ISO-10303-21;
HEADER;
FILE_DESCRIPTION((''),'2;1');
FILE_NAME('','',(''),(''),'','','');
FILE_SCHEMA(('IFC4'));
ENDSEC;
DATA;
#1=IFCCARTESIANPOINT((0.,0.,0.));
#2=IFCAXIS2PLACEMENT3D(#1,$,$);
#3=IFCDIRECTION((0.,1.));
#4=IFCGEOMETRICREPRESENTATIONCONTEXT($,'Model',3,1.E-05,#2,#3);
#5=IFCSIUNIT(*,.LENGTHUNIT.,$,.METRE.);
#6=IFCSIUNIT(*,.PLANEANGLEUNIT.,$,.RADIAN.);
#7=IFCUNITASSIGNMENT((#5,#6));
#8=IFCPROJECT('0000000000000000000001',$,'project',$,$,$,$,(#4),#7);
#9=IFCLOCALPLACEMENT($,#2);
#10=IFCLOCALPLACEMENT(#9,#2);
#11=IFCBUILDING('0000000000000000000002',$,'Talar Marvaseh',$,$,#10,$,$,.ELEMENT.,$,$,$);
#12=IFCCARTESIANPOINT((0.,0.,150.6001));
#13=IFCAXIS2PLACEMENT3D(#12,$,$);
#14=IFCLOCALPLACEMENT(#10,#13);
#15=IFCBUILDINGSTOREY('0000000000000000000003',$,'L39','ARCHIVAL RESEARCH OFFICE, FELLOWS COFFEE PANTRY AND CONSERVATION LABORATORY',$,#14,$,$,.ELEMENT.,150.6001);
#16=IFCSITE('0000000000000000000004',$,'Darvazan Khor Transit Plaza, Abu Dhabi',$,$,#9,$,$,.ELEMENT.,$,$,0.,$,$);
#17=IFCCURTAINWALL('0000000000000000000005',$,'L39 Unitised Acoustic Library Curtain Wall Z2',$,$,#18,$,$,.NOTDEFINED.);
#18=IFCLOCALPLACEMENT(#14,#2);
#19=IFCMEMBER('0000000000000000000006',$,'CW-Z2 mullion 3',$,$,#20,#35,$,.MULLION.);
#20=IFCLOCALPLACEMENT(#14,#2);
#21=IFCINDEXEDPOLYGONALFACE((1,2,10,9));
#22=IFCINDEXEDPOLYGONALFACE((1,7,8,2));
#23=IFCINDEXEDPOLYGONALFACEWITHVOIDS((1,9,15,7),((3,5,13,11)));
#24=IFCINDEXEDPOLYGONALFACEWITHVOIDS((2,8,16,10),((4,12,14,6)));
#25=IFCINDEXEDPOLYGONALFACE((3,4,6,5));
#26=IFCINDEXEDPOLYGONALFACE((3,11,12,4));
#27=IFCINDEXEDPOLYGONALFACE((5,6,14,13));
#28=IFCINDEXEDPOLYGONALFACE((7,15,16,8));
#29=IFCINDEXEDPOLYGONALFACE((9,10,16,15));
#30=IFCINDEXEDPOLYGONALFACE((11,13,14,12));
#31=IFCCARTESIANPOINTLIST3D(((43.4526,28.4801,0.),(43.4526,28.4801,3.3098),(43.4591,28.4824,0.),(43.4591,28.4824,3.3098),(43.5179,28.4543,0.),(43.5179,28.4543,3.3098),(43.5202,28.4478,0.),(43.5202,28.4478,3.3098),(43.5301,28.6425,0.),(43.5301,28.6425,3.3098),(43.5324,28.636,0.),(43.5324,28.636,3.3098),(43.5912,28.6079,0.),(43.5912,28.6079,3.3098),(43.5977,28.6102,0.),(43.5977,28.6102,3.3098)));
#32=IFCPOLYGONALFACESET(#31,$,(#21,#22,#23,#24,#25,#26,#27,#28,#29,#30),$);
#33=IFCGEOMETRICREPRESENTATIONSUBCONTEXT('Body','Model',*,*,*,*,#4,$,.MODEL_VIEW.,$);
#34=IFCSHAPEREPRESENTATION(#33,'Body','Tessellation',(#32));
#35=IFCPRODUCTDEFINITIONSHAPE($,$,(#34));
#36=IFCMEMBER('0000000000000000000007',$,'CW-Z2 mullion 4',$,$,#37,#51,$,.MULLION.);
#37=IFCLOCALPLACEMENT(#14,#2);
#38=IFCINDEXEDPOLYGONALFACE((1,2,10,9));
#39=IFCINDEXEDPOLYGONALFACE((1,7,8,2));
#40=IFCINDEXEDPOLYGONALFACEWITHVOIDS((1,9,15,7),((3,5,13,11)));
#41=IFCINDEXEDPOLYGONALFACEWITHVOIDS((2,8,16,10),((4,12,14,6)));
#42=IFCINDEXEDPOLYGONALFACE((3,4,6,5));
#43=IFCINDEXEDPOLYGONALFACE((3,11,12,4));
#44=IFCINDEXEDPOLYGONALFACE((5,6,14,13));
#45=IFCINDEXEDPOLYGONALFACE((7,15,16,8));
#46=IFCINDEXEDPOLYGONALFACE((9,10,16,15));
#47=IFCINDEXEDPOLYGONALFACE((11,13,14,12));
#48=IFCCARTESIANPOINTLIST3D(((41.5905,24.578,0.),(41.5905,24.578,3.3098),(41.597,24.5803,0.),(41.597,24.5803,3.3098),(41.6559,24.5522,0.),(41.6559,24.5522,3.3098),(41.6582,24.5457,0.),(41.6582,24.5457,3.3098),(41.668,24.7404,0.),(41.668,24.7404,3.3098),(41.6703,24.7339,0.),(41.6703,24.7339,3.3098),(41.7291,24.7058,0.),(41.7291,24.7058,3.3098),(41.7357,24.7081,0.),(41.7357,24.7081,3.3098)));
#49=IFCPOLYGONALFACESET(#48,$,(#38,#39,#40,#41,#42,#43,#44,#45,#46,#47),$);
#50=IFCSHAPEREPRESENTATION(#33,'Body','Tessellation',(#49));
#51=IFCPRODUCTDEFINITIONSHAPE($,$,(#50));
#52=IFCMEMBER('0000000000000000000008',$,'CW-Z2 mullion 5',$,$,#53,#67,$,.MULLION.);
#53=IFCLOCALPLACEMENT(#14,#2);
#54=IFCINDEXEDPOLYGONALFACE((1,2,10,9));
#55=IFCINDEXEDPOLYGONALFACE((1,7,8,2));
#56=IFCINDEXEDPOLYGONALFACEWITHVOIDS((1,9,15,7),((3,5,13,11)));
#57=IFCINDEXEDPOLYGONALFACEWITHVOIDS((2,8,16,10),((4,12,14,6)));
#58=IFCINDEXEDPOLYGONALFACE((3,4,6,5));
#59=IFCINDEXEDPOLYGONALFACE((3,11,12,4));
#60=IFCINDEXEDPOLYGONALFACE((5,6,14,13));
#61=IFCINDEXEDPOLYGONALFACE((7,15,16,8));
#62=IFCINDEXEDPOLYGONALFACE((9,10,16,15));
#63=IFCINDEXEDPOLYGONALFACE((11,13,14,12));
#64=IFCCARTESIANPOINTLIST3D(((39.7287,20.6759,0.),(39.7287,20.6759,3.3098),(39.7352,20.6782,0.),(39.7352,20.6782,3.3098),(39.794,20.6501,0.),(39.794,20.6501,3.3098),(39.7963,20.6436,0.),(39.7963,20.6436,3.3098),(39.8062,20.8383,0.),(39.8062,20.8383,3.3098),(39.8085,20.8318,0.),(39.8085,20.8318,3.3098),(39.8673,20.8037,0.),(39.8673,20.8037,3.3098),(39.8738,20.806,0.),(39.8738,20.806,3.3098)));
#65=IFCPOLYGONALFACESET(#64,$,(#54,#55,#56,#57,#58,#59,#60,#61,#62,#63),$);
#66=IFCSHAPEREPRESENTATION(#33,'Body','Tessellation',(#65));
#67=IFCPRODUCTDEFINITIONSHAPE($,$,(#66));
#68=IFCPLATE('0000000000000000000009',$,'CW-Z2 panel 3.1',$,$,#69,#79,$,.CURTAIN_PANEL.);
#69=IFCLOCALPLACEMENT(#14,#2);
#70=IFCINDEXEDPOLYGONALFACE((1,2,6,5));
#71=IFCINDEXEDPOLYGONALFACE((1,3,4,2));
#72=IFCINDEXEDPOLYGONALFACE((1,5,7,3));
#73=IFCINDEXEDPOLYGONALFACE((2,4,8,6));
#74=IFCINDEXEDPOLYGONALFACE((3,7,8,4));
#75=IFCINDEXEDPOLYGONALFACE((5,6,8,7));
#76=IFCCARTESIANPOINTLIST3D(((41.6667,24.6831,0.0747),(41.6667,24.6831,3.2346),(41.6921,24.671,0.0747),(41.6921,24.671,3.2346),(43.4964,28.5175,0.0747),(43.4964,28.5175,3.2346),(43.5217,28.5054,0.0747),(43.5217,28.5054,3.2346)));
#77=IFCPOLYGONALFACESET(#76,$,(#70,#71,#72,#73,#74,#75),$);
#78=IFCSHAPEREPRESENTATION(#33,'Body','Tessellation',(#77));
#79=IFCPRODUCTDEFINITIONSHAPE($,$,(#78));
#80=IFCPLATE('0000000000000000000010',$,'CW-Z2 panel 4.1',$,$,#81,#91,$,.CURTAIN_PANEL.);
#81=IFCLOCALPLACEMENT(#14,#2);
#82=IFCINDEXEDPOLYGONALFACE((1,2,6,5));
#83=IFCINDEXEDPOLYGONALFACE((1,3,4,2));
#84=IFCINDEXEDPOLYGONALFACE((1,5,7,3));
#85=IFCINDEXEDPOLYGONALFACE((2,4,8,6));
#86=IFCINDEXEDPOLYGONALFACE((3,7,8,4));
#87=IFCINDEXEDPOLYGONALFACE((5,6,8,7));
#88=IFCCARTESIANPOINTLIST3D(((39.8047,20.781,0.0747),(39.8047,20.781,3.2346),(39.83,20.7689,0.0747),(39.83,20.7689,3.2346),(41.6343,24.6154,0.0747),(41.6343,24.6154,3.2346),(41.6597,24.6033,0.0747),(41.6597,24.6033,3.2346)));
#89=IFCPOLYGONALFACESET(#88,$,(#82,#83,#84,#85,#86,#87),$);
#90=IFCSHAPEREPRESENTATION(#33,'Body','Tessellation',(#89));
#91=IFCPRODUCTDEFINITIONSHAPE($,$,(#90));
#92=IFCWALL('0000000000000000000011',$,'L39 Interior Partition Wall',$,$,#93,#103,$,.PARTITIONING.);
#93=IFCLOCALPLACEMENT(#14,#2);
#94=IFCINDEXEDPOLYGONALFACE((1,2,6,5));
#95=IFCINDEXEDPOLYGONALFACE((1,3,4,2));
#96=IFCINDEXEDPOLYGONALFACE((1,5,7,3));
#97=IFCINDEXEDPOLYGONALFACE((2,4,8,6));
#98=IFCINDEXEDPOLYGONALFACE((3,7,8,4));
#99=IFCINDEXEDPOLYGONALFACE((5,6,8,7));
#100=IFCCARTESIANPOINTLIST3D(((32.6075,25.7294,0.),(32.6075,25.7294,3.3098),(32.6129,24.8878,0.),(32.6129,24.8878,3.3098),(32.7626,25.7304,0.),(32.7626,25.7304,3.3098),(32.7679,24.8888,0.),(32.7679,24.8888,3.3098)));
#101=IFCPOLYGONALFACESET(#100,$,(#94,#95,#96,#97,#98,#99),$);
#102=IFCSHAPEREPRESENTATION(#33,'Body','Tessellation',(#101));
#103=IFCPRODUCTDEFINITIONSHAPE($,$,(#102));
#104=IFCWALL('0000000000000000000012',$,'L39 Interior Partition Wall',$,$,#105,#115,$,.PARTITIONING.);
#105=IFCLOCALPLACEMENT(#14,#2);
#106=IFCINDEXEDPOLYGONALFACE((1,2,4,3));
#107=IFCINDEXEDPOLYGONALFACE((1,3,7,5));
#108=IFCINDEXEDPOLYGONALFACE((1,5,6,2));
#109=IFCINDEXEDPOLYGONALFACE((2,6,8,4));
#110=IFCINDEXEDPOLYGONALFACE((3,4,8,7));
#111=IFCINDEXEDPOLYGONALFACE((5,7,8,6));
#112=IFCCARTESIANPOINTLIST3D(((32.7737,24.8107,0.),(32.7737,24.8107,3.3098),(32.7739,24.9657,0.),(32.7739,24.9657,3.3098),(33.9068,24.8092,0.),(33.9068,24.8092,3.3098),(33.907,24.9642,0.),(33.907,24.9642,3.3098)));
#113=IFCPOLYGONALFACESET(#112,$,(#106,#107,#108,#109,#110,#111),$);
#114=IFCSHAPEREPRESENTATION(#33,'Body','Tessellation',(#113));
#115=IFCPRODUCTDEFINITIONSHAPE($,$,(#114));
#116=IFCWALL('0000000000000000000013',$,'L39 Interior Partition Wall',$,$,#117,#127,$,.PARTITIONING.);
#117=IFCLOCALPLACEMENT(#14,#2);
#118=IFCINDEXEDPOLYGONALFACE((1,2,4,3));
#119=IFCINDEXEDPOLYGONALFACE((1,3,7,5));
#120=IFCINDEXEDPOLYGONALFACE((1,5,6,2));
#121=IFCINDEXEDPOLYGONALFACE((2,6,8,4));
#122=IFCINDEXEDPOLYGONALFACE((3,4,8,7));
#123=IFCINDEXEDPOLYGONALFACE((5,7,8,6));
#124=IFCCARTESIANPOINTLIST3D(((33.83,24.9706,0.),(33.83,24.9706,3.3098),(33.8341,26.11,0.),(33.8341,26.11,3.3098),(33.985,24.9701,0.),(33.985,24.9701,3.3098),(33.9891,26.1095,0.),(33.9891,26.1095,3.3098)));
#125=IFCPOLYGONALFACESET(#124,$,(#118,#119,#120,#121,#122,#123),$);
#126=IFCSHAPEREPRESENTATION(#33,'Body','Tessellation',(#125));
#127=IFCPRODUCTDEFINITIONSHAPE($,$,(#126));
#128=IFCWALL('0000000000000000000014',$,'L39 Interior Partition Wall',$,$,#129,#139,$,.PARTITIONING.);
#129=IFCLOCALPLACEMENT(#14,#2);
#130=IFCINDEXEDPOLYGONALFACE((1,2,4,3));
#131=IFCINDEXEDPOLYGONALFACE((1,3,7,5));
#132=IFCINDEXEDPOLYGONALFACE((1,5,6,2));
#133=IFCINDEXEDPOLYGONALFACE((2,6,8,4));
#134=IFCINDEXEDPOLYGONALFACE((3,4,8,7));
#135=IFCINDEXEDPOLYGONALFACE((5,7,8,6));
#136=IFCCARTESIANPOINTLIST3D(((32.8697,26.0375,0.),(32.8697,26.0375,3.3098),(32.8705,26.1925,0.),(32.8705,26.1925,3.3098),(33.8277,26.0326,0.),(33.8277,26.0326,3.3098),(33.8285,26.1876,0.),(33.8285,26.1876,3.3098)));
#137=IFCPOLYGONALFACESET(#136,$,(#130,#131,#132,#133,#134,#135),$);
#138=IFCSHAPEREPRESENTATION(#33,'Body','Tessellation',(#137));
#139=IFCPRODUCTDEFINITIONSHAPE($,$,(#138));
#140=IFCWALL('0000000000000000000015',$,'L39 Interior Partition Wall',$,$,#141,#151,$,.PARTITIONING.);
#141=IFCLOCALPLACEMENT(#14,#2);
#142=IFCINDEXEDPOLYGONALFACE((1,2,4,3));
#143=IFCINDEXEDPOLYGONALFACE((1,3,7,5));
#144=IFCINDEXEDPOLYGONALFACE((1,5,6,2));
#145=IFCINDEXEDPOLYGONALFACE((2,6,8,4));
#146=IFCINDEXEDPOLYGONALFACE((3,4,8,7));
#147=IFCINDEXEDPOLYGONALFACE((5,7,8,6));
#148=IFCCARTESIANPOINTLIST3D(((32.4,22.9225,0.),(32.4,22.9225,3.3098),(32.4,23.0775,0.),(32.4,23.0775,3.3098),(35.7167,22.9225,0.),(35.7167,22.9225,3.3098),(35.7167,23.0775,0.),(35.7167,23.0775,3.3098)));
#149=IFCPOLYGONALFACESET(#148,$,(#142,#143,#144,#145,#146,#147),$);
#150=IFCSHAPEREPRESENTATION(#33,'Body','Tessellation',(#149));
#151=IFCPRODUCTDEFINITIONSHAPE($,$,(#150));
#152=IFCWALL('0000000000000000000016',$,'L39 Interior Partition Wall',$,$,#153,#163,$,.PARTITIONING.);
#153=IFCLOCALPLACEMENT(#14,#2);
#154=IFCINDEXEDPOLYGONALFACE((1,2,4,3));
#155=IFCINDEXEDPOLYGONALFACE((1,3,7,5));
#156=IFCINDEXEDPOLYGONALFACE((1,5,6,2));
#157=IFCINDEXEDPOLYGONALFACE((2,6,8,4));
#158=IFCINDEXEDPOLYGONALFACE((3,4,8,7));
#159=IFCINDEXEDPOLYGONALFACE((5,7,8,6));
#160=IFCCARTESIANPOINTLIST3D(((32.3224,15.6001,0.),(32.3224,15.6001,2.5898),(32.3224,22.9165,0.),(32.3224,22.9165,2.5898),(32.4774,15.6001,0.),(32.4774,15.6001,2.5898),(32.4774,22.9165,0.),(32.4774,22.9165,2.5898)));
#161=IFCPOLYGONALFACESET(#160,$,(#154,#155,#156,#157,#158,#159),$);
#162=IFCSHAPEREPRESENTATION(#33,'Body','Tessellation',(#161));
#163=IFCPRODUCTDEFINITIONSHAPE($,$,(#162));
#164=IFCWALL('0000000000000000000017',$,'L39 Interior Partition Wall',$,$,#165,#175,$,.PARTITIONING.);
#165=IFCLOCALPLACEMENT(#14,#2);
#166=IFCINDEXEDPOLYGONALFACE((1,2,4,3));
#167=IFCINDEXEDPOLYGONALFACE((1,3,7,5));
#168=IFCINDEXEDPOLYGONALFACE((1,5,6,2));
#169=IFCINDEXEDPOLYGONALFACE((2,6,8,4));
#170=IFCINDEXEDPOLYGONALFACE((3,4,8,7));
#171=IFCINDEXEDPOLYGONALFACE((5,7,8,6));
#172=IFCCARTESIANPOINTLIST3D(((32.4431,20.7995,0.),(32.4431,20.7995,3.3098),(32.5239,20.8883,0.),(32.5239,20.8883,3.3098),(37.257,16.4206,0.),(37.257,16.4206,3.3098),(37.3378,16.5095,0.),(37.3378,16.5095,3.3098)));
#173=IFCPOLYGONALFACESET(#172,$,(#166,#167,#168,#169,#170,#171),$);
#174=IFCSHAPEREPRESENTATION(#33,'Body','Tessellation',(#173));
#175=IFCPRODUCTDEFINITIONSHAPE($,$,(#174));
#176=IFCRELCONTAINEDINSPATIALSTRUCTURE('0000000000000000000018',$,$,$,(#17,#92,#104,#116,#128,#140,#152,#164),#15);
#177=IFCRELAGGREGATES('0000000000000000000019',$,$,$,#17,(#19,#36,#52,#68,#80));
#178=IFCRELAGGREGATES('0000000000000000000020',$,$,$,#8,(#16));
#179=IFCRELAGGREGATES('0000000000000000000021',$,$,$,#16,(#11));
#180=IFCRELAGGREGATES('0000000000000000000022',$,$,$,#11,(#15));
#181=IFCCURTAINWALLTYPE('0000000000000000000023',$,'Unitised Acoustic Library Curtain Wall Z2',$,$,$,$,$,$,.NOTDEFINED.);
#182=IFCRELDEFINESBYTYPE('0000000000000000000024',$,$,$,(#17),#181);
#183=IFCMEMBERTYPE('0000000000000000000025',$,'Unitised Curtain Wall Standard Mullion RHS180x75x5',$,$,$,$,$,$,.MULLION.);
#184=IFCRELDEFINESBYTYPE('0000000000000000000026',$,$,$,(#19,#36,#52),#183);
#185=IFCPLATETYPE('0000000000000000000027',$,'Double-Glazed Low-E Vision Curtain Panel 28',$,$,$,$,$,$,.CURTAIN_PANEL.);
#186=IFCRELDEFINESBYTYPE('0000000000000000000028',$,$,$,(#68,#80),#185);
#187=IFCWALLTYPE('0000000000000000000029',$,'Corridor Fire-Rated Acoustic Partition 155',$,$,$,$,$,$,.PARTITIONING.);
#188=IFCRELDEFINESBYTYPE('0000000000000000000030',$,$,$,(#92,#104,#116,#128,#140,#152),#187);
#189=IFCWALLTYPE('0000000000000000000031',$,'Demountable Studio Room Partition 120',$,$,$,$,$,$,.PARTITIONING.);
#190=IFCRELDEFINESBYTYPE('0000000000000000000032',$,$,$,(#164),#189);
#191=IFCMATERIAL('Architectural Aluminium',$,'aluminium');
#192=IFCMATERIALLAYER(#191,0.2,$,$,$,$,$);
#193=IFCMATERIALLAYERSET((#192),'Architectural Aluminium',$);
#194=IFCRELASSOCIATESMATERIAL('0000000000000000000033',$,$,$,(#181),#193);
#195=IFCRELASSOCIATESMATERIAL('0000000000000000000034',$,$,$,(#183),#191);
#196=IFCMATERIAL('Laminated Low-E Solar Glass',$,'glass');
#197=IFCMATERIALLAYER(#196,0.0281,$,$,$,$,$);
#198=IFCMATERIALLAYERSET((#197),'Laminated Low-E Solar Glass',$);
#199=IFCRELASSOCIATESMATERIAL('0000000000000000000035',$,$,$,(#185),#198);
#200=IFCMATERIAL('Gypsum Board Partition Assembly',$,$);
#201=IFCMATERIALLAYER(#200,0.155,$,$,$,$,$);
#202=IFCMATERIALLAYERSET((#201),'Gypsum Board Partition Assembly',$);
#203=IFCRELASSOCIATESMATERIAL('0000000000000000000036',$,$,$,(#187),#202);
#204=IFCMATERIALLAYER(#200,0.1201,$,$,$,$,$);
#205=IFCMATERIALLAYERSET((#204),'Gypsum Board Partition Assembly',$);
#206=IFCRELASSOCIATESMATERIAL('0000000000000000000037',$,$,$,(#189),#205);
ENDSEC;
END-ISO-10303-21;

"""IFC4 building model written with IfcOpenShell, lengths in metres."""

from ifc_helpers import new_model, si_unit, direction, frame, frame_2d, origin, origin_2d, place, context, subcontext, project, spatial, rectangle, hollow_rectangle, extrude, source, transform, mapped, material, layer, layer_set, material_profile, profile_set, type_object, type_shapes, element, aggregate, save


model = new_model("IFC4")

# Units and contexts
model_context = context("Model", 3, precision=1e-05, world=origin(), true_north=direction((0.0, 1.0)))
body_context = subcontext(model_context, "Body", "Model", "MODEL_VIEW")
ifc_project = project(units=[si_unit("LENGTHUNIT", "METRE"), si_unit("PLANEANGLEUNIT", "RADIAN")], contexts=[model_context])

# Site, building, storey
site_placement = place(None, origin())
site = spatial("IfcSite", under=ifc_project, at=site_placement, Name="Darvazan Khor Transit Plaza, Abu Dhabi", CompositionType="ELEMENT", RefElevation=0.0)
building_placement = place(site_placement, origin())
building = spatial("IfcBuilding", under=site, at=building_placement, Name="Talar Marvaseh", CompositionType="ELEMENT")
storey_placement = place(building_placement, frame((0.0, 0.0, 150.6001)))
storey = spatial("IfcBuildingStorey", under=building, at=storey_placement, Name="L39", Description="ARCHIVAL RESEARCH OFFICE, FELLOWS COFFEE PANTRY AND CONSERVATION LABORATORY", CompositionType="ELEMENT", Elevation=150.6001)

# Curtain wall, members, plates
ifc_material_1 = material(Name="Architectural Aluminium", Category="aluminium")
ifc_layer_1 = layer(ifc_material_1, 0.2)
ifc_layer_set_1 = layer_set([ifc_layer_1], Name="Architectural Aluminium")
curtain_wall_type = type_object("IfcCurtainWallType", Name="Unitised Acoustic Library Curtain Wall Z2", PredefinedType="NOTDEFINED", material=ifc_layer_set_1)
curtain_wall_placement = place(storey_placement, origin())
curtain_wall = element("IfcCurtainWall", 1, at=curtain_wall_placement, inside=storey, type_object=curtain_wall_type, Name="L39 Unitised Acoustic Library Curtain Wall Z2", PredefinedType="NOTDEFINED")
ifc_material_profile_1 = material_profile(ifc_material_1, hollow_rectangle(XDim=0.075, YDim=0.1799, WallThickness=0.0049, at=origin_2d()), Name="RHS180x75x5")
ifc_profile_set_1 = profile_set([ifc_material_profile_1], Name="Architectural Aluminium")
member_type_1 = type_object("IfcMemberType", Name="Unitised Curtain Wall Standard Mullion RHS180x75x5", PredefinedType="MULLION", material=ifc_profile_set_1)
shared_shape_1 = source(origin(), body_context, "Body", "SweptSolid", [
    extrude(hollow_rectangle(XDim=0.075, YDim=0.1799, WallThickness=0.0049, at=origin_2d()), origin(), (0.0, 0.0, 1.0), 3.3098),
])
type_shapes(member_type_1, [shared_shape_1])
member_1_placement = place(storey_placement, frame((43.5251, 28.5452, 0.0), z_axis=(0.0, 0.0, 1.0), x_axis=(0.902518, -0.430653, 0.0)))
member_1 = element("IfcMember", 2, at=member_1_placement, type_object=member_type_1, Name="CW-Z2 mullion 3", PredefinedType="MULLION", context=body_context, shape_type="MappedRepresentation", body=[
    mapped(shared_shape_1, transform((0.0, 0.0, 0.0), x_axis=(1.0, 0.0, 0.0), y_axis=(0.0, 1.0, 0.0), z_axis=(0.0, 0.0, 1.0), scale=1.0)),
])
member_2_placement = place(storey_placement, frame((41.6631, 24.6431, 0.0), z_axis=(0.0, 0.0, 1.0), x_axis=(0.902518, -0.430653, 0.0)))
member_2 = element("IfcMember", 3, at=member_2_placement, type_object=member_type_1, Name="CW-Z2 mullion 4", PredefinedType="MULLION", context=body_context, shape_type="MappedRepresentation", body=[
    mapped(shared_shape_1, transform((0.0, 0.0, 0.0), x_axis=(1.0, 0.0, 0.0), y_axis=(0.0, 1.0, 0.0), z_axis=(0.0, 0.0, 1.0), scale=1.0)),
])
member_3_placement = place(storey_placement, frame((39.8013, 20.741, 0.0), z_axis=(0.0, 0.0, 1.0), x_axis=(0.902518, -0.430653, 0.0)))
member_3 = element("IfcMember", 4, at=member_3_placement, type_object=member_type_1, Name="CW-Z2 mullion 5", PredefinedType="MULLION", context=body_context, shape_type="MappedRepresentation", body=[
    mapped(shared_shape_1, transform((0.0, 0.0, 0.0), x_axis=(1.0, 0.0, 0.0), y_axis=(0.0, 1.0, 0.0), z_axis=(0.0, 0.0, 1.0), scale=1.0)),
])
ifc_material_2 = material(Name="Laminated Low-E Solar Glass", Category="glass")
ifc_layer_2 = layer(ifc_material_2, 0.0281)
ifc_layer_set_2 = layer_set([ifc_layer_2], Name="Laminated Low-E Solar Glass")
plate_type = type_object("IfcPlateType", Name="Double-Glazed Low-E Vision Curtain Panel 28", PredefinedType="CURTAIN_PANEL", material=ifc_layer_set_2)
shared_shape_2 = source(origin(), body_context, "Body", "SweptSolid", [
    extrude(rectangle(XDim=4.2485, YDim=0.0281, at=origin_2d()), origin(), (0.0, 0.0, 1.0), 3.1599),
])
type_shapes(plate_type, [shared_shape_2])
plate_1_placement = place(storey_placement, frame((42.5942, 26.5942, 0.0747), z_axis=(0.0, 0.0, 1.0), x_axis=(-0.430653, -0.902518, 0.0)))
plate_1 = element("IfcPlate", 5, at=plate_1_placement, type_object=plate_type, Name="CW-Z2 panel 3.1", PredefinedType="CURTAIN_PANEL", context=body_context, shape_type="MappedRepresentation", body=[
    mapped(shared_shape_2, transform((0.0, 0.0, 0.0), x_axis=(1.0, 0.0, 0.0), y_axis=(0.0, 1.0, 0.0), z_axis=(0.0, 0.0, 1.0), scale=1.0)),
])
plate_2_placement = place(storey_placement, frame((40.7322, 22.6921, 0.0747), z_axis=(0.0, 0.0, 1.0), x_axis=(-0.430653, -0.902518, 0.0)))
plate_2 = element("IfcPlate", 6, at=plate_2_placement, type_object=plate_type, Name="CW-Z2 panel 4.1", PredefinedType="CURTAIN_PANEL", context=body_context, shape_type="MappedRepresentation", body=[
    mapped(shared_shape_2, transform((0.0, 0.0, 0.0), x_axis=(1.0, 0.0, 0.0), y_axis=(0.0, 1.0, 0.0), z_axis=(0.0, 0.0, 1.0), scale=1.0)),
])
aggregate(curtain_wall, [member_1, member_2, member_3, plate_1, plate_2])

# Walls
ifc_material_3 = material(Name="Gypsum Board Partition Assembly")
ifc_layer_3 = layer(ifc_material_3, 0.155)
ifc_layer_set_3 = layer_set([ifc_layer_3], Name="Gypsum Board Partition Assembly")
wall_type_1 = type_object("IfcWallType", Name="Corridor Fire-Rated Acoustic Partition 155", PredefinedType="PARTITIONING", material=ifc_layer_set_3)
wall_1_placement = place(storey_placement, frame((32.6851, 25.73, 0.0), z_axis=(0.0, 0.0, 1.0), x_axis=(0.006382, -0.99998, 0.0)))
element("IfcWall", 7, at=wall_1_placement, inside=storey, type_object=wall_type_1, Name="L39 Interior Partition Wall", PredefinedType="PARTITIONING", context=body_context, shape_type="SweptSolid", body=[
    extrude(rectangle(XDim=0.8416, YDim=0.155, at=frame_2d((0.4209, 0.0))), origin(), (0.0, 0.0, 1.0), 3.3098),
])
wall_2_placement = place(storey_placement, frame((32.7739, 24.8882, 0.0), z_axis=(0.0, 0.0, 1.0), x_axis=(0.999999, -0.001293, 0.0)))
element("IfcWall", 8, at=wall_2_placement, inside=storey, type_object=wall_type_1, Name="L39 Interior Partition Wall", PredefinedType="PARTITIONING", context=body_context, shape_type="SweptSolid", body=[
    extrude(rectangle(XDim=1.1331, YDim=0.155, at=frame_2d((0.5664, 0.0))), origin(), (0.0, 0.0, 1.0), 3.3098),
])
wall_3_placement = place(storey_placement, frame((33.9075, 24.9702, 0.0), z_axis=(0.0, 0.0, 1.0), x_axis=(0.003643, 0.999993, 0.0)))
element("IfcWall", 9, at=wall_3_placement, inside=storey, type_object=wall_type_1, Name="L39 Interior Partition Wall", PredefinedType="PARTITIONING", context=body_context, shape_type="SweptSolid", body=[
    extrude(rectangle(XDim=1.1394, YDim=0.155, at=frame_2d((0.5698, 0.0))), origin(), (0.0, 0.0, 1.0), 3.3098),
])
wall_4_placement = place(storey_placement, frame((33.8281, 26.1101, 0.0), z_axis=(0.0, 0.0, 1.0), x_axis=(-0.999987, 0.005097, 0.0)))
element("IfcWall", 10, at=wall_4_placement, inside=storey, type_object=wall_type_1, Name="L39 Interior Partition Wall", PredefinedType="PARTITIONING", context=body_context, shape_type="SweptSolid", body=[
    extrude(rectangle(XDim=0.958, YDim=0.155, at=frame_2d((0.479, 0.0))), origin(), (0.0, 0.0, 1.0), 3.3098),
])
wall_5_placement = place(storey_placement, frame((35.7166, 23.0, 0.0), z_axis=(0.0, 0.0, 1.0), x_axis=(-1.0, 0.0, 0.0)))
element("IfcWall", 11, at=wall_5_placement, inside=storey, type_object=wall_type_1, Name="L39 Interior Partition Wall", PredefinedType="PARTITIONING", context=body_context, shape_type="SweptSolid", body=[
    extrude(rectangle(XDim=3.3167, YDim=0.155, at=frame_2d((1.6582, 0.0))), origin(), (0.0, 0.0, 1.0), 3.3098),
])
wall_6_placement = place(storey_placement, frame((32.3999, 22.9165, 0.0), z_axis=(0.0, 0.0, 1.0), x_axis=(0.0, -1.0, 0.0)))
element("IfcWall", 12, at=wall_6_placement, inside=storey, type_object=wall_type_1, Name="L39 Interior Partition Wall", PredefinedType="PARTITIONING", context=body_context, shape_type="SweptSolid", body=[
    extrude(rectangle(XDim=7.3164, YDim=0.155, at=frame_2d((3.6582, 0.0))), origin(), (0.0, 0.0, 1.0), 2.5898),
])
ifc_layer_4 = layer(ifc_material_3, 0.1201)
ifc_layer_set_4 = layer_set([ifc_layer_4], Name="Gypsum Board Partition Assembly")
wall_type_2 = type_object("IfcWallType", Name="Demountable Studio Room Partition 120", PredefinedType="PARTITIONING", material=ifc_layer_set_4)
wall_7_placement = place(storey_placement, frame((32.4834, 20.844, 0.0), z_axis=(0.0, 0.0, 1.0), x_axis=(0.739743, -0.672889, 0.0)))
element("IfcWall", 13, at=wall_7_placement, inside=storey, type_object=wall_type_2, Name="L39 Interior Partition Wall", PredefinedType="PARTITIONING", context=body_context, shape_type="SweptSolid", body=[
    extrude(rectangle(XDim=6.5076, YDim=0.1201, at=frame_2d((3.2539, 0.0))), origin(), (0.0, 0.0, 1.0), 3.3098),
])

save(model, "model.ifc")
